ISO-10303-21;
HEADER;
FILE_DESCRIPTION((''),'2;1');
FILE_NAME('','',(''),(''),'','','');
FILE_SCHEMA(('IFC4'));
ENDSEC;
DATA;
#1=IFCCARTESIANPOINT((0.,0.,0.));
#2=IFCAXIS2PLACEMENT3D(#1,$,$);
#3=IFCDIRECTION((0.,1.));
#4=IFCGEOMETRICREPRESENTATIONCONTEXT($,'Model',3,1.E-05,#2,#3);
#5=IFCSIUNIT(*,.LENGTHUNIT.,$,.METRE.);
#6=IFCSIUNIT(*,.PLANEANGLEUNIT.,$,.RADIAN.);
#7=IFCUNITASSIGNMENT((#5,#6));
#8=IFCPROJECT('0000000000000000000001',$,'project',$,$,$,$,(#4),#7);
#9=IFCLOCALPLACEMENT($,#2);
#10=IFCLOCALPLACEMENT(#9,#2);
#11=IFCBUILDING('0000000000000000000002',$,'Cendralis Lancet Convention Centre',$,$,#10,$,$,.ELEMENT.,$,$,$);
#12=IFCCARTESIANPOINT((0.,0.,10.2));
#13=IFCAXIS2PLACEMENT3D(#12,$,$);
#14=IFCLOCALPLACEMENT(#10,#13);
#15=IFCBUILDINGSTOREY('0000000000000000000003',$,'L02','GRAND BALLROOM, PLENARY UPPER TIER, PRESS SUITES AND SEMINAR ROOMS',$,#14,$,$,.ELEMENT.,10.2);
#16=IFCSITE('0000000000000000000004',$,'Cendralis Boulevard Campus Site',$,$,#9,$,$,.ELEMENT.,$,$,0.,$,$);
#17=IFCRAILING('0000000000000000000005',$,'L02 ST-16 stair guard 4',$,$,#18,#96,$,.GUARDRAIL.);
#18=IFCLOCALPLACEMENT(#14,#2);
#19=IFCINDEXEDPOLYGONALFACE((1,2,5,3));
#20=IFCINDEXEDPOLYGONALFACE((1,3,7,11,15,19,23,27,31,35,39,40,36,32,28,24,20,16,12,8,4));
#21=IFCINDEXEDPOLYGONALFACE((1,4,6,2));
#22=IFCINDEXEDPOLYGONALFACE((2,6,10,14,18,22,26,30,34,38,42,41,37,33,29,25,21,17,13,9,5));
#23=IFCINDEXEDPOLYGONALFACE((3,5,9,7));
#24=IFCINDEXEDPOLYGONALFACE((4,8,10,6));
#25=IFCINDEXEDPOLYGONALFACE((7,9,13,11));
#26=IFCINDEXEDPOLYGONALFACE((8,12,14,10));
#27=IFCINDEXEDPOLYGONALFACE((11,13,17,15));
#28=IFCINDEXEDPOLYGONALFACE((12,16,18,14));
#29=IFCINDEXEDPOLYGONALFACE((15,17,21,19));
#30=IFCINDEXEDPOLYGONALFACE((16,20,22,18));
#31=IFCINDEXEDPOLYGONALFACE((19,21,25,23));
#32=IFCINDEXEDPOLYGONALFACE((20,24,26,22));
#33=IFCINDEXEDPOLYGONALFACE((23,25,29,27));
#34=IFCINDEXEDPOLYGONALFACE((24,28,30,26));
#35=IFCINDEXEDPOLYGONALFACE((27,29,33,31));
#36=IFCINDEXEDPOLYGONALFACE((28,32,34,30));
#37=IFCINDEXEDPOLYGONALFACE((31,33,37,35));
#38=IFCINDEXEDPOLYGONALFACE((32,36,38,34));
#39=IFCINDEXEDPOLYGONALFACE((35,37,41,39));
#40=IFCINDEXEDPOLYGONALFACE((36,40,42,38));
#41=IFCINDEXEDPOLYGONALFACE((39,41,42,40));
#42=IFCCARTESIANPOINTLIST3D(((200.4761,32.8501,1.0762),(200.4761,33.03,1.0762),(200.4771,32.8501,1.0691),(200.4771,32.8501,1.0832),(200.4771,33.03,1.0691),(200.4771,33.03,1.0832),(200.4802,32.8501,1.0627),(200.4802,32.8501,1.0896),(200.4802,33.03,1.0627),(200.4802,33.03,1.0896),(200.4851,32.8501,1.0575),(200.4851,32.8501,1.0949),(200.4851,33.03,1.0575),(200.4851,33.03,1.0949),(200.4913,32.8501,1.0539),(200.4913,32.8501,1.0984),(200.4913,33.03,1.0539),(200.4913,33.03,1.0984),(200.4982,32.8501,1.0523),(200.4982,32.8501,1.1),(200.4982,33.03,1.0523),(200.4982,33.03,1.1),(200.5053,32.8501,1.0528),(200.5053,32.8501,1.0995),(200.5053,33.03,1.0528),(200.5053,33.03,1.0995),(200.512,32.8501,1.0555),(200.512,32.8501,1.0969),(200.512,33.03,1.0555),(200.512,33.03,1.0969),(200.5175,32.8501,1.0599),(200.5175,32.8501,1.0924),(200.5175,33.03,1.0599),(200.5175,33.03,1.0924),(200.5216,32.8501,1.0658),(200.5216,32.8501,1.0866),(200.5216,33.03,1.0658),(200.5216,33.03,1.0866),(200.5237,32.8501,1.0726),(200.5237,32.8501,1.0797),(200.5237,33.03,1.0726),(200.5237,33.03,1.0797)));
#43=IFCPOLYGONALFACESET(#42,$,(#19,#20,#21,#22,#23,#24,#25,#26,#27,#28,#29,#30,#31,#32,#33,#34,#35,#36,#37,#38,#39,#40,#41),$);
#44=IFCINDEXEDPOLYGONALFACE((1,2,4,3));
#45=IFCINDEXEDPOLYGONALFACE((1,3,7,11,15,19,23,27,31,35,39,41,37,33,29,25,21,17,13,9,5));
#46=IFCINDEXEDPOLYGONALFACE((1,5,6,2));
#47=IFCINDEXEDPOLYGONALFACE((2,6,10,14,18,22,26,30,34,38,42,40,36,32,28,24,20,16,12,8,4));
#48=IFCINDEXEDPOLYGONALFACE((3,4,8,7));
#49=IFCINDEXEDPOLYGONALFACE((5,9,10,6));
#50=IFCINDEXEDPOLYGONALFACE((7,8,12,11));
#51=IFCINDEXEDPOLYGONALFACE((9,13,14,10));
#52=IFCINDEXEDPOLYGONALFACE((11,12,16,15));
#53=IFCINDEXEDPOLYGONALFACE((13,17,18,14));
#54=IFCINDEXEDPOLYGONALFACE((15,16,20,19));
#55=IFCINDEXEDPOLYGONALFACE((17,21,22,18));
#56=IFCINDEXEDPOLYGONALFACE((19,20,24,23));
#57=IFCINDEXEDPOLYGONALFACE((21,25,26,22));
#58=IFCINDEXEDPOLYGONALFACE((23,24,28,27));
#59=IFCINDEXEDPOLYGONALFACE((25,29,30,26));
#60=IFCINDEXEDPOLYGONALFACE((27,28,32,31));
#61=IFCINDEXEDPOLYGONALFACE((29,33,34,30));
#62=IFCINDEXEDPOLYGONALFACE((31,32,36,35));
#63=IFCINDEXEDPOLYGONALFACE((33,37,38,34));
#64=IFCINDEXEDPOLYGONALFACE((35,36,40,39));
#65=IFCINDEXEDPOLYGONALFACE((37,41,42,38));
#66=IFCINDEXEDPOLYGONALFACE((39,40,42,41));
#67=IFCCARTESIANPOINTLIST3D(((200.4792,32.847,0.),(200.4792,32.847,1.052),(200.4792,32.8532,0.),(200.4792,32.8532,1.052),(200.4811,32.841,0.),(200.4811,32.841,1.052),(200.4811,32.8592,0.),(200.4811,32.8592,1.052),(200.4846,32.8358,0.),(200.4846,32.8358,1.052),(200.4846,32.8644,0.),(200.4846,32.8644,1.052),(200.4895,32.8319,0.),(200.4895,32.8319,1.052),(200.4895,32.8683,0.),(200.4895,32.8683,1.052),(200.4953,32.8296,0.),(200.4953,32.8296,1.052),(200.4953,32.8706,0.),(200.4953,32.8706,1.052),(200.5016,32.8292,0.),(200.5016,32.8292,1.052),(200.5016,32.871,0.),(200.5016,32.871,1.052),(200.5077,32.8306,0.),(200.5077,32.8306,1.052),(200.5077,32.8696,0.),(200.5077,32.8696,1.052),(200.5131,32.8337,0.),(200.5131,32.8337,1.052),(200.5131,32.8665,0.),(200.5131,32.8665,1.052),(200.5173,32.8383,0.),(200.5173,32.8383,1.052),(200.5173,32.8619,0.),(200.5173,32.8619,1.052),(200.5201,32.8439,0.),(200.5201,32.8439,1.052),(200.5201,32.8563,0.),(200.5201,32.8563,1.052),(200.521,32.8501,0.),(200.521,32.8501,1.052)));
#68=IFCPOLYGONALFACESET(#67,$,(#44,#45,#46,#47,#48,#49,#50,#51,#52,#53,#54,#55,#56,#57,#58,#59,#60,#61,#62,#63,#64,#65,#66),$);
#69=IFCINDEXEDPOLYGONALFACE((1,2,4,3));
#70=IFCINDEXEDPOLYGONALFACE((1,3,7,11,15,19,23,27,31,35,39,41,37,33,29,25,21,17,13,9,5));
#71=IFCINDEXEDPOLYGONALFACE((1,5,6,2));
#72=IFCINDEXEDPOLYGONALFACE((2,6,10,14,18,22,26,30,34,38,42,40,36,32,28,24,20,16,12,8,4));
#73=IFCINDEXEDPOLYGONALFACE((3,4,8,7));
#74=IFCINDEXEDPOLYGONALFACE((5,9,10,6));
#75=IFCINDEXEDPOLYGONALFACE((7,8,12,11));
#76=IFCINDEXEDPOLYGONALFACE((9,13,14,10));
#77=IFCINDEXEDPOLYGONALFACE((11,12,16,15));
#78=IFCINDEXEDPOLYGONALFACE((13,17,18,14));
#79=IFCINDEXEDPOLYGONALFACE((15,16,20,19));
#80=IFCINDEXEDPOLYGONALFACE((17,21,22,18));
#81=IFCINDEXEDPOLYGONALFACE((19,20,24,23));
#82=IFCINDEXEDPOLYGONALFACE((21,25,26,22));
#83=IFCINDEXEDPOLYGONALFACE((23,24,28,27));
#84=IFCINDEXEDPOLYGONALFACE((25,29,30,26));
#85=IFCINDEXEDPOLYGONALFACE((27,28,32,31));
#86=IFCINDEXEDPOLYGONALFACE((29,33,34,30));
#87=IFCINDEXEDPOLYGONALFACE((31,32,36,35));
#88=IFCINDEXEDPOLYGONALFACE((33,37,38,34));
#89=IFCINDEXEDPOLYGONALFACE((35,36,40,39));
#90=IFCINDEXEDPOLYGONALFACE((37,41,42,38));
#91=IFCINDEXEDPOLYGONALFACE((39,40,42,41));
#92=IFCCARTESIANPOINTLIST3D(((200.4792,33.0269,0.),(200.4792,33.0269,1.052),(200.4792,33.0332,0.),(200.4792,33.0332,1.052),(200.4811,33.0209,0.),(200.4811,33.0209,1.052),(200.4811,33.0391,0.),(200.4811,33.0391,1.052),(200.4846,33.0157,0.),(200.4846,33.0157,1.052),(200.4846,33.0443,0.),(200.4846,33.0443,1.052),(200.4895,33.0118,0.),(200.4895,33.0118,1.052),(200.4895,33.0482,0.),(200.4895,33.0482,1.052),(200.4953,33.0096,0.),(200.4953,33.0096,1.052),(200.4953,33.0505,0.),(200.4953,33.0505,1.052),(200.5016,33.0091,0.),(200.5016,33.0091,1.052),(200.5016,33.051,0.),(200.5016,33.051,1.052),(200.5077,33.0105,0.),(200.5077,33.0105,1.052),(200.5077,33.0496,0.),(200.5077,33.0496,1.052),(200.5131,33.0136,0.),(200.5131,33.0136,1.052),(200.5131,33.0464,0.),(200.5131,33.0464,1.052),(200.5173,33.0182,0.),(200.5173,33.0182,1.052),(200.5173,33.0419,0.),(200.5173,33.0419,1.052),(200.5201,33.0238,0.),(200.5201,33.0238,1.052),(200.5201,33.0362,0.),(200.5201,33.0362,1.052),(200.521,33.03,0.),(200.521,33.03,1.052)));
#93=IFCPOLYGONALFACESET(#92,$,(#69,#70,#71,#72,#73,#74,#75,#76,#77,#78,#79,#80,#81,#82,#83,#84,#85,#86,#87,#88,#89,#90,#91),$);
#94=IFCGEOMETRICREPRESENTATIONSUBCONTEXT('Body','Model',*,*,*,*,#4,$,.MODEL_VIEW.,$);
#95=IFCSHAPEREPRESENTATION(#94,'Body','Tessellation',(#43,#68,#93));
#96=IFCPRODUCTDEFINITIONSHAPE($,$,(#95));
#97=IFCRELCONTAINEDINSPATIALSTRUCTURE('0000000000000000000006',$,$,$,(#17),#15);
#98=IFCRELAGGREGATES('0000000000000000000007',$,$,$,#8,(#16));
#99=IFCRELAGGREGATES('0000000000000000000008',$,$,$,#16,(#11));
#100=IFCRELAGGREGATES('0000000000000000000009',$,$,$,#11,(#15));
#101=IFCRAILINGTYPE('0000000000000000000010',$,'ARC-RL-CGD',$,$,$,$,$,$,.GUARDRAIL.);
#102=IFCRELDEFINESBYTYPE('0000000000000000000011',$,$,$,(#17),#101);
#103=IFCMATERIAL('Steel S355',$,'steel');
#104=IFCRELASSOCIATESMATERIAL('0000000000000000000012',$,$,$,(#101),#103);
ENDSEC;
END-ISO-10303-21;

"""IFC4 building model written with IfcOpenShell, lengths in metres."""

from ifc_helpers import new_model, si_unit, direction, frame, origin, origin_2d, place, context, subcontext, project, spatial, circle, extrude, material, type_object, element, save


model = new_model("IFC4")

# Units and contexts
model_context = context("Model", 3, precision=1e-05, world=origin(), true_north=direction((0.0, 1.0)))
body_context = subcontext(model_context, "Body", "Model", "MODEL_VIEW")
ifc_project = project(units=[si_unit("LENGTHUNIT", "METRE"), si_unit("PLANEANGLEUNIT", "RADIAN")], contexts=[model_context])

# Site, building, storey
site_placement = place(None, origin())
site = spatial("IfcSite", under=ifc_project, at=site_placement, Name="Cendralis Boulevard Campus Site", CompositionType="ELEMENT", RefElevation=0.0)
building_placement = place(site_placement, origin())
building = spatial("IfcBuilding", under=site, at=building_placement, Name="Cendralis Lancet Convention Centre", CompositionType="ELEMENT")
storey_placement = place(building_placement, frame((0.0, 0.0, 10.2)))
storey = spatial("IfcBuildingStorey", under=building, at=storey_placement, Name="L02", Description="GRAND BALLROOM, PLENARY UPPER TIER, PRESS SUITES AND SEMINAR ROOMS", CompositionType="ELEMENT", Elevation=10.2)

# Shared definitions
ifc_material_1 = material(Name="Steel S355", Category="steel")

# Railing
railing_type_1 = type_object("IfcRailingType", Name="ARC-RL-CGD", PredefinedType="GUARDRAIL", material=ifc_material_1)
railing_1_placement = place(storey_placement, frame((200.5, 32.8501, 0.0)))
element("IfcRailing", 1, at=railing_1_placement, inside=storey, type_object=railing_type_1, Name="L02 ST-16 stair guard 4", PredefinedType="GUARDRAIL", context=body_context, shape_type="SweptSolid", body=[
    extrude(circle(Radius=0.0239, at=origin_2d()), frame((0.0, 0.0, 1.0762), z_axis=(0.0, 1.0, 0.0), x_axis=(-1.0, 0.0, 0.0)), (0.0, 0.0, 1.0), 0.1799),
    extrude(circle(Radius=0.021, at=origin_2d()), origin(), (0.0, 0.0, 1.0), 1.052),
    extrude(circle(Radius=0.021, at=origin_2d()), frame((0.0, 0.1799, 0.0)), (0.0, 0.0, 1.0), 1.052),
])

save(model, "model.ifc")
